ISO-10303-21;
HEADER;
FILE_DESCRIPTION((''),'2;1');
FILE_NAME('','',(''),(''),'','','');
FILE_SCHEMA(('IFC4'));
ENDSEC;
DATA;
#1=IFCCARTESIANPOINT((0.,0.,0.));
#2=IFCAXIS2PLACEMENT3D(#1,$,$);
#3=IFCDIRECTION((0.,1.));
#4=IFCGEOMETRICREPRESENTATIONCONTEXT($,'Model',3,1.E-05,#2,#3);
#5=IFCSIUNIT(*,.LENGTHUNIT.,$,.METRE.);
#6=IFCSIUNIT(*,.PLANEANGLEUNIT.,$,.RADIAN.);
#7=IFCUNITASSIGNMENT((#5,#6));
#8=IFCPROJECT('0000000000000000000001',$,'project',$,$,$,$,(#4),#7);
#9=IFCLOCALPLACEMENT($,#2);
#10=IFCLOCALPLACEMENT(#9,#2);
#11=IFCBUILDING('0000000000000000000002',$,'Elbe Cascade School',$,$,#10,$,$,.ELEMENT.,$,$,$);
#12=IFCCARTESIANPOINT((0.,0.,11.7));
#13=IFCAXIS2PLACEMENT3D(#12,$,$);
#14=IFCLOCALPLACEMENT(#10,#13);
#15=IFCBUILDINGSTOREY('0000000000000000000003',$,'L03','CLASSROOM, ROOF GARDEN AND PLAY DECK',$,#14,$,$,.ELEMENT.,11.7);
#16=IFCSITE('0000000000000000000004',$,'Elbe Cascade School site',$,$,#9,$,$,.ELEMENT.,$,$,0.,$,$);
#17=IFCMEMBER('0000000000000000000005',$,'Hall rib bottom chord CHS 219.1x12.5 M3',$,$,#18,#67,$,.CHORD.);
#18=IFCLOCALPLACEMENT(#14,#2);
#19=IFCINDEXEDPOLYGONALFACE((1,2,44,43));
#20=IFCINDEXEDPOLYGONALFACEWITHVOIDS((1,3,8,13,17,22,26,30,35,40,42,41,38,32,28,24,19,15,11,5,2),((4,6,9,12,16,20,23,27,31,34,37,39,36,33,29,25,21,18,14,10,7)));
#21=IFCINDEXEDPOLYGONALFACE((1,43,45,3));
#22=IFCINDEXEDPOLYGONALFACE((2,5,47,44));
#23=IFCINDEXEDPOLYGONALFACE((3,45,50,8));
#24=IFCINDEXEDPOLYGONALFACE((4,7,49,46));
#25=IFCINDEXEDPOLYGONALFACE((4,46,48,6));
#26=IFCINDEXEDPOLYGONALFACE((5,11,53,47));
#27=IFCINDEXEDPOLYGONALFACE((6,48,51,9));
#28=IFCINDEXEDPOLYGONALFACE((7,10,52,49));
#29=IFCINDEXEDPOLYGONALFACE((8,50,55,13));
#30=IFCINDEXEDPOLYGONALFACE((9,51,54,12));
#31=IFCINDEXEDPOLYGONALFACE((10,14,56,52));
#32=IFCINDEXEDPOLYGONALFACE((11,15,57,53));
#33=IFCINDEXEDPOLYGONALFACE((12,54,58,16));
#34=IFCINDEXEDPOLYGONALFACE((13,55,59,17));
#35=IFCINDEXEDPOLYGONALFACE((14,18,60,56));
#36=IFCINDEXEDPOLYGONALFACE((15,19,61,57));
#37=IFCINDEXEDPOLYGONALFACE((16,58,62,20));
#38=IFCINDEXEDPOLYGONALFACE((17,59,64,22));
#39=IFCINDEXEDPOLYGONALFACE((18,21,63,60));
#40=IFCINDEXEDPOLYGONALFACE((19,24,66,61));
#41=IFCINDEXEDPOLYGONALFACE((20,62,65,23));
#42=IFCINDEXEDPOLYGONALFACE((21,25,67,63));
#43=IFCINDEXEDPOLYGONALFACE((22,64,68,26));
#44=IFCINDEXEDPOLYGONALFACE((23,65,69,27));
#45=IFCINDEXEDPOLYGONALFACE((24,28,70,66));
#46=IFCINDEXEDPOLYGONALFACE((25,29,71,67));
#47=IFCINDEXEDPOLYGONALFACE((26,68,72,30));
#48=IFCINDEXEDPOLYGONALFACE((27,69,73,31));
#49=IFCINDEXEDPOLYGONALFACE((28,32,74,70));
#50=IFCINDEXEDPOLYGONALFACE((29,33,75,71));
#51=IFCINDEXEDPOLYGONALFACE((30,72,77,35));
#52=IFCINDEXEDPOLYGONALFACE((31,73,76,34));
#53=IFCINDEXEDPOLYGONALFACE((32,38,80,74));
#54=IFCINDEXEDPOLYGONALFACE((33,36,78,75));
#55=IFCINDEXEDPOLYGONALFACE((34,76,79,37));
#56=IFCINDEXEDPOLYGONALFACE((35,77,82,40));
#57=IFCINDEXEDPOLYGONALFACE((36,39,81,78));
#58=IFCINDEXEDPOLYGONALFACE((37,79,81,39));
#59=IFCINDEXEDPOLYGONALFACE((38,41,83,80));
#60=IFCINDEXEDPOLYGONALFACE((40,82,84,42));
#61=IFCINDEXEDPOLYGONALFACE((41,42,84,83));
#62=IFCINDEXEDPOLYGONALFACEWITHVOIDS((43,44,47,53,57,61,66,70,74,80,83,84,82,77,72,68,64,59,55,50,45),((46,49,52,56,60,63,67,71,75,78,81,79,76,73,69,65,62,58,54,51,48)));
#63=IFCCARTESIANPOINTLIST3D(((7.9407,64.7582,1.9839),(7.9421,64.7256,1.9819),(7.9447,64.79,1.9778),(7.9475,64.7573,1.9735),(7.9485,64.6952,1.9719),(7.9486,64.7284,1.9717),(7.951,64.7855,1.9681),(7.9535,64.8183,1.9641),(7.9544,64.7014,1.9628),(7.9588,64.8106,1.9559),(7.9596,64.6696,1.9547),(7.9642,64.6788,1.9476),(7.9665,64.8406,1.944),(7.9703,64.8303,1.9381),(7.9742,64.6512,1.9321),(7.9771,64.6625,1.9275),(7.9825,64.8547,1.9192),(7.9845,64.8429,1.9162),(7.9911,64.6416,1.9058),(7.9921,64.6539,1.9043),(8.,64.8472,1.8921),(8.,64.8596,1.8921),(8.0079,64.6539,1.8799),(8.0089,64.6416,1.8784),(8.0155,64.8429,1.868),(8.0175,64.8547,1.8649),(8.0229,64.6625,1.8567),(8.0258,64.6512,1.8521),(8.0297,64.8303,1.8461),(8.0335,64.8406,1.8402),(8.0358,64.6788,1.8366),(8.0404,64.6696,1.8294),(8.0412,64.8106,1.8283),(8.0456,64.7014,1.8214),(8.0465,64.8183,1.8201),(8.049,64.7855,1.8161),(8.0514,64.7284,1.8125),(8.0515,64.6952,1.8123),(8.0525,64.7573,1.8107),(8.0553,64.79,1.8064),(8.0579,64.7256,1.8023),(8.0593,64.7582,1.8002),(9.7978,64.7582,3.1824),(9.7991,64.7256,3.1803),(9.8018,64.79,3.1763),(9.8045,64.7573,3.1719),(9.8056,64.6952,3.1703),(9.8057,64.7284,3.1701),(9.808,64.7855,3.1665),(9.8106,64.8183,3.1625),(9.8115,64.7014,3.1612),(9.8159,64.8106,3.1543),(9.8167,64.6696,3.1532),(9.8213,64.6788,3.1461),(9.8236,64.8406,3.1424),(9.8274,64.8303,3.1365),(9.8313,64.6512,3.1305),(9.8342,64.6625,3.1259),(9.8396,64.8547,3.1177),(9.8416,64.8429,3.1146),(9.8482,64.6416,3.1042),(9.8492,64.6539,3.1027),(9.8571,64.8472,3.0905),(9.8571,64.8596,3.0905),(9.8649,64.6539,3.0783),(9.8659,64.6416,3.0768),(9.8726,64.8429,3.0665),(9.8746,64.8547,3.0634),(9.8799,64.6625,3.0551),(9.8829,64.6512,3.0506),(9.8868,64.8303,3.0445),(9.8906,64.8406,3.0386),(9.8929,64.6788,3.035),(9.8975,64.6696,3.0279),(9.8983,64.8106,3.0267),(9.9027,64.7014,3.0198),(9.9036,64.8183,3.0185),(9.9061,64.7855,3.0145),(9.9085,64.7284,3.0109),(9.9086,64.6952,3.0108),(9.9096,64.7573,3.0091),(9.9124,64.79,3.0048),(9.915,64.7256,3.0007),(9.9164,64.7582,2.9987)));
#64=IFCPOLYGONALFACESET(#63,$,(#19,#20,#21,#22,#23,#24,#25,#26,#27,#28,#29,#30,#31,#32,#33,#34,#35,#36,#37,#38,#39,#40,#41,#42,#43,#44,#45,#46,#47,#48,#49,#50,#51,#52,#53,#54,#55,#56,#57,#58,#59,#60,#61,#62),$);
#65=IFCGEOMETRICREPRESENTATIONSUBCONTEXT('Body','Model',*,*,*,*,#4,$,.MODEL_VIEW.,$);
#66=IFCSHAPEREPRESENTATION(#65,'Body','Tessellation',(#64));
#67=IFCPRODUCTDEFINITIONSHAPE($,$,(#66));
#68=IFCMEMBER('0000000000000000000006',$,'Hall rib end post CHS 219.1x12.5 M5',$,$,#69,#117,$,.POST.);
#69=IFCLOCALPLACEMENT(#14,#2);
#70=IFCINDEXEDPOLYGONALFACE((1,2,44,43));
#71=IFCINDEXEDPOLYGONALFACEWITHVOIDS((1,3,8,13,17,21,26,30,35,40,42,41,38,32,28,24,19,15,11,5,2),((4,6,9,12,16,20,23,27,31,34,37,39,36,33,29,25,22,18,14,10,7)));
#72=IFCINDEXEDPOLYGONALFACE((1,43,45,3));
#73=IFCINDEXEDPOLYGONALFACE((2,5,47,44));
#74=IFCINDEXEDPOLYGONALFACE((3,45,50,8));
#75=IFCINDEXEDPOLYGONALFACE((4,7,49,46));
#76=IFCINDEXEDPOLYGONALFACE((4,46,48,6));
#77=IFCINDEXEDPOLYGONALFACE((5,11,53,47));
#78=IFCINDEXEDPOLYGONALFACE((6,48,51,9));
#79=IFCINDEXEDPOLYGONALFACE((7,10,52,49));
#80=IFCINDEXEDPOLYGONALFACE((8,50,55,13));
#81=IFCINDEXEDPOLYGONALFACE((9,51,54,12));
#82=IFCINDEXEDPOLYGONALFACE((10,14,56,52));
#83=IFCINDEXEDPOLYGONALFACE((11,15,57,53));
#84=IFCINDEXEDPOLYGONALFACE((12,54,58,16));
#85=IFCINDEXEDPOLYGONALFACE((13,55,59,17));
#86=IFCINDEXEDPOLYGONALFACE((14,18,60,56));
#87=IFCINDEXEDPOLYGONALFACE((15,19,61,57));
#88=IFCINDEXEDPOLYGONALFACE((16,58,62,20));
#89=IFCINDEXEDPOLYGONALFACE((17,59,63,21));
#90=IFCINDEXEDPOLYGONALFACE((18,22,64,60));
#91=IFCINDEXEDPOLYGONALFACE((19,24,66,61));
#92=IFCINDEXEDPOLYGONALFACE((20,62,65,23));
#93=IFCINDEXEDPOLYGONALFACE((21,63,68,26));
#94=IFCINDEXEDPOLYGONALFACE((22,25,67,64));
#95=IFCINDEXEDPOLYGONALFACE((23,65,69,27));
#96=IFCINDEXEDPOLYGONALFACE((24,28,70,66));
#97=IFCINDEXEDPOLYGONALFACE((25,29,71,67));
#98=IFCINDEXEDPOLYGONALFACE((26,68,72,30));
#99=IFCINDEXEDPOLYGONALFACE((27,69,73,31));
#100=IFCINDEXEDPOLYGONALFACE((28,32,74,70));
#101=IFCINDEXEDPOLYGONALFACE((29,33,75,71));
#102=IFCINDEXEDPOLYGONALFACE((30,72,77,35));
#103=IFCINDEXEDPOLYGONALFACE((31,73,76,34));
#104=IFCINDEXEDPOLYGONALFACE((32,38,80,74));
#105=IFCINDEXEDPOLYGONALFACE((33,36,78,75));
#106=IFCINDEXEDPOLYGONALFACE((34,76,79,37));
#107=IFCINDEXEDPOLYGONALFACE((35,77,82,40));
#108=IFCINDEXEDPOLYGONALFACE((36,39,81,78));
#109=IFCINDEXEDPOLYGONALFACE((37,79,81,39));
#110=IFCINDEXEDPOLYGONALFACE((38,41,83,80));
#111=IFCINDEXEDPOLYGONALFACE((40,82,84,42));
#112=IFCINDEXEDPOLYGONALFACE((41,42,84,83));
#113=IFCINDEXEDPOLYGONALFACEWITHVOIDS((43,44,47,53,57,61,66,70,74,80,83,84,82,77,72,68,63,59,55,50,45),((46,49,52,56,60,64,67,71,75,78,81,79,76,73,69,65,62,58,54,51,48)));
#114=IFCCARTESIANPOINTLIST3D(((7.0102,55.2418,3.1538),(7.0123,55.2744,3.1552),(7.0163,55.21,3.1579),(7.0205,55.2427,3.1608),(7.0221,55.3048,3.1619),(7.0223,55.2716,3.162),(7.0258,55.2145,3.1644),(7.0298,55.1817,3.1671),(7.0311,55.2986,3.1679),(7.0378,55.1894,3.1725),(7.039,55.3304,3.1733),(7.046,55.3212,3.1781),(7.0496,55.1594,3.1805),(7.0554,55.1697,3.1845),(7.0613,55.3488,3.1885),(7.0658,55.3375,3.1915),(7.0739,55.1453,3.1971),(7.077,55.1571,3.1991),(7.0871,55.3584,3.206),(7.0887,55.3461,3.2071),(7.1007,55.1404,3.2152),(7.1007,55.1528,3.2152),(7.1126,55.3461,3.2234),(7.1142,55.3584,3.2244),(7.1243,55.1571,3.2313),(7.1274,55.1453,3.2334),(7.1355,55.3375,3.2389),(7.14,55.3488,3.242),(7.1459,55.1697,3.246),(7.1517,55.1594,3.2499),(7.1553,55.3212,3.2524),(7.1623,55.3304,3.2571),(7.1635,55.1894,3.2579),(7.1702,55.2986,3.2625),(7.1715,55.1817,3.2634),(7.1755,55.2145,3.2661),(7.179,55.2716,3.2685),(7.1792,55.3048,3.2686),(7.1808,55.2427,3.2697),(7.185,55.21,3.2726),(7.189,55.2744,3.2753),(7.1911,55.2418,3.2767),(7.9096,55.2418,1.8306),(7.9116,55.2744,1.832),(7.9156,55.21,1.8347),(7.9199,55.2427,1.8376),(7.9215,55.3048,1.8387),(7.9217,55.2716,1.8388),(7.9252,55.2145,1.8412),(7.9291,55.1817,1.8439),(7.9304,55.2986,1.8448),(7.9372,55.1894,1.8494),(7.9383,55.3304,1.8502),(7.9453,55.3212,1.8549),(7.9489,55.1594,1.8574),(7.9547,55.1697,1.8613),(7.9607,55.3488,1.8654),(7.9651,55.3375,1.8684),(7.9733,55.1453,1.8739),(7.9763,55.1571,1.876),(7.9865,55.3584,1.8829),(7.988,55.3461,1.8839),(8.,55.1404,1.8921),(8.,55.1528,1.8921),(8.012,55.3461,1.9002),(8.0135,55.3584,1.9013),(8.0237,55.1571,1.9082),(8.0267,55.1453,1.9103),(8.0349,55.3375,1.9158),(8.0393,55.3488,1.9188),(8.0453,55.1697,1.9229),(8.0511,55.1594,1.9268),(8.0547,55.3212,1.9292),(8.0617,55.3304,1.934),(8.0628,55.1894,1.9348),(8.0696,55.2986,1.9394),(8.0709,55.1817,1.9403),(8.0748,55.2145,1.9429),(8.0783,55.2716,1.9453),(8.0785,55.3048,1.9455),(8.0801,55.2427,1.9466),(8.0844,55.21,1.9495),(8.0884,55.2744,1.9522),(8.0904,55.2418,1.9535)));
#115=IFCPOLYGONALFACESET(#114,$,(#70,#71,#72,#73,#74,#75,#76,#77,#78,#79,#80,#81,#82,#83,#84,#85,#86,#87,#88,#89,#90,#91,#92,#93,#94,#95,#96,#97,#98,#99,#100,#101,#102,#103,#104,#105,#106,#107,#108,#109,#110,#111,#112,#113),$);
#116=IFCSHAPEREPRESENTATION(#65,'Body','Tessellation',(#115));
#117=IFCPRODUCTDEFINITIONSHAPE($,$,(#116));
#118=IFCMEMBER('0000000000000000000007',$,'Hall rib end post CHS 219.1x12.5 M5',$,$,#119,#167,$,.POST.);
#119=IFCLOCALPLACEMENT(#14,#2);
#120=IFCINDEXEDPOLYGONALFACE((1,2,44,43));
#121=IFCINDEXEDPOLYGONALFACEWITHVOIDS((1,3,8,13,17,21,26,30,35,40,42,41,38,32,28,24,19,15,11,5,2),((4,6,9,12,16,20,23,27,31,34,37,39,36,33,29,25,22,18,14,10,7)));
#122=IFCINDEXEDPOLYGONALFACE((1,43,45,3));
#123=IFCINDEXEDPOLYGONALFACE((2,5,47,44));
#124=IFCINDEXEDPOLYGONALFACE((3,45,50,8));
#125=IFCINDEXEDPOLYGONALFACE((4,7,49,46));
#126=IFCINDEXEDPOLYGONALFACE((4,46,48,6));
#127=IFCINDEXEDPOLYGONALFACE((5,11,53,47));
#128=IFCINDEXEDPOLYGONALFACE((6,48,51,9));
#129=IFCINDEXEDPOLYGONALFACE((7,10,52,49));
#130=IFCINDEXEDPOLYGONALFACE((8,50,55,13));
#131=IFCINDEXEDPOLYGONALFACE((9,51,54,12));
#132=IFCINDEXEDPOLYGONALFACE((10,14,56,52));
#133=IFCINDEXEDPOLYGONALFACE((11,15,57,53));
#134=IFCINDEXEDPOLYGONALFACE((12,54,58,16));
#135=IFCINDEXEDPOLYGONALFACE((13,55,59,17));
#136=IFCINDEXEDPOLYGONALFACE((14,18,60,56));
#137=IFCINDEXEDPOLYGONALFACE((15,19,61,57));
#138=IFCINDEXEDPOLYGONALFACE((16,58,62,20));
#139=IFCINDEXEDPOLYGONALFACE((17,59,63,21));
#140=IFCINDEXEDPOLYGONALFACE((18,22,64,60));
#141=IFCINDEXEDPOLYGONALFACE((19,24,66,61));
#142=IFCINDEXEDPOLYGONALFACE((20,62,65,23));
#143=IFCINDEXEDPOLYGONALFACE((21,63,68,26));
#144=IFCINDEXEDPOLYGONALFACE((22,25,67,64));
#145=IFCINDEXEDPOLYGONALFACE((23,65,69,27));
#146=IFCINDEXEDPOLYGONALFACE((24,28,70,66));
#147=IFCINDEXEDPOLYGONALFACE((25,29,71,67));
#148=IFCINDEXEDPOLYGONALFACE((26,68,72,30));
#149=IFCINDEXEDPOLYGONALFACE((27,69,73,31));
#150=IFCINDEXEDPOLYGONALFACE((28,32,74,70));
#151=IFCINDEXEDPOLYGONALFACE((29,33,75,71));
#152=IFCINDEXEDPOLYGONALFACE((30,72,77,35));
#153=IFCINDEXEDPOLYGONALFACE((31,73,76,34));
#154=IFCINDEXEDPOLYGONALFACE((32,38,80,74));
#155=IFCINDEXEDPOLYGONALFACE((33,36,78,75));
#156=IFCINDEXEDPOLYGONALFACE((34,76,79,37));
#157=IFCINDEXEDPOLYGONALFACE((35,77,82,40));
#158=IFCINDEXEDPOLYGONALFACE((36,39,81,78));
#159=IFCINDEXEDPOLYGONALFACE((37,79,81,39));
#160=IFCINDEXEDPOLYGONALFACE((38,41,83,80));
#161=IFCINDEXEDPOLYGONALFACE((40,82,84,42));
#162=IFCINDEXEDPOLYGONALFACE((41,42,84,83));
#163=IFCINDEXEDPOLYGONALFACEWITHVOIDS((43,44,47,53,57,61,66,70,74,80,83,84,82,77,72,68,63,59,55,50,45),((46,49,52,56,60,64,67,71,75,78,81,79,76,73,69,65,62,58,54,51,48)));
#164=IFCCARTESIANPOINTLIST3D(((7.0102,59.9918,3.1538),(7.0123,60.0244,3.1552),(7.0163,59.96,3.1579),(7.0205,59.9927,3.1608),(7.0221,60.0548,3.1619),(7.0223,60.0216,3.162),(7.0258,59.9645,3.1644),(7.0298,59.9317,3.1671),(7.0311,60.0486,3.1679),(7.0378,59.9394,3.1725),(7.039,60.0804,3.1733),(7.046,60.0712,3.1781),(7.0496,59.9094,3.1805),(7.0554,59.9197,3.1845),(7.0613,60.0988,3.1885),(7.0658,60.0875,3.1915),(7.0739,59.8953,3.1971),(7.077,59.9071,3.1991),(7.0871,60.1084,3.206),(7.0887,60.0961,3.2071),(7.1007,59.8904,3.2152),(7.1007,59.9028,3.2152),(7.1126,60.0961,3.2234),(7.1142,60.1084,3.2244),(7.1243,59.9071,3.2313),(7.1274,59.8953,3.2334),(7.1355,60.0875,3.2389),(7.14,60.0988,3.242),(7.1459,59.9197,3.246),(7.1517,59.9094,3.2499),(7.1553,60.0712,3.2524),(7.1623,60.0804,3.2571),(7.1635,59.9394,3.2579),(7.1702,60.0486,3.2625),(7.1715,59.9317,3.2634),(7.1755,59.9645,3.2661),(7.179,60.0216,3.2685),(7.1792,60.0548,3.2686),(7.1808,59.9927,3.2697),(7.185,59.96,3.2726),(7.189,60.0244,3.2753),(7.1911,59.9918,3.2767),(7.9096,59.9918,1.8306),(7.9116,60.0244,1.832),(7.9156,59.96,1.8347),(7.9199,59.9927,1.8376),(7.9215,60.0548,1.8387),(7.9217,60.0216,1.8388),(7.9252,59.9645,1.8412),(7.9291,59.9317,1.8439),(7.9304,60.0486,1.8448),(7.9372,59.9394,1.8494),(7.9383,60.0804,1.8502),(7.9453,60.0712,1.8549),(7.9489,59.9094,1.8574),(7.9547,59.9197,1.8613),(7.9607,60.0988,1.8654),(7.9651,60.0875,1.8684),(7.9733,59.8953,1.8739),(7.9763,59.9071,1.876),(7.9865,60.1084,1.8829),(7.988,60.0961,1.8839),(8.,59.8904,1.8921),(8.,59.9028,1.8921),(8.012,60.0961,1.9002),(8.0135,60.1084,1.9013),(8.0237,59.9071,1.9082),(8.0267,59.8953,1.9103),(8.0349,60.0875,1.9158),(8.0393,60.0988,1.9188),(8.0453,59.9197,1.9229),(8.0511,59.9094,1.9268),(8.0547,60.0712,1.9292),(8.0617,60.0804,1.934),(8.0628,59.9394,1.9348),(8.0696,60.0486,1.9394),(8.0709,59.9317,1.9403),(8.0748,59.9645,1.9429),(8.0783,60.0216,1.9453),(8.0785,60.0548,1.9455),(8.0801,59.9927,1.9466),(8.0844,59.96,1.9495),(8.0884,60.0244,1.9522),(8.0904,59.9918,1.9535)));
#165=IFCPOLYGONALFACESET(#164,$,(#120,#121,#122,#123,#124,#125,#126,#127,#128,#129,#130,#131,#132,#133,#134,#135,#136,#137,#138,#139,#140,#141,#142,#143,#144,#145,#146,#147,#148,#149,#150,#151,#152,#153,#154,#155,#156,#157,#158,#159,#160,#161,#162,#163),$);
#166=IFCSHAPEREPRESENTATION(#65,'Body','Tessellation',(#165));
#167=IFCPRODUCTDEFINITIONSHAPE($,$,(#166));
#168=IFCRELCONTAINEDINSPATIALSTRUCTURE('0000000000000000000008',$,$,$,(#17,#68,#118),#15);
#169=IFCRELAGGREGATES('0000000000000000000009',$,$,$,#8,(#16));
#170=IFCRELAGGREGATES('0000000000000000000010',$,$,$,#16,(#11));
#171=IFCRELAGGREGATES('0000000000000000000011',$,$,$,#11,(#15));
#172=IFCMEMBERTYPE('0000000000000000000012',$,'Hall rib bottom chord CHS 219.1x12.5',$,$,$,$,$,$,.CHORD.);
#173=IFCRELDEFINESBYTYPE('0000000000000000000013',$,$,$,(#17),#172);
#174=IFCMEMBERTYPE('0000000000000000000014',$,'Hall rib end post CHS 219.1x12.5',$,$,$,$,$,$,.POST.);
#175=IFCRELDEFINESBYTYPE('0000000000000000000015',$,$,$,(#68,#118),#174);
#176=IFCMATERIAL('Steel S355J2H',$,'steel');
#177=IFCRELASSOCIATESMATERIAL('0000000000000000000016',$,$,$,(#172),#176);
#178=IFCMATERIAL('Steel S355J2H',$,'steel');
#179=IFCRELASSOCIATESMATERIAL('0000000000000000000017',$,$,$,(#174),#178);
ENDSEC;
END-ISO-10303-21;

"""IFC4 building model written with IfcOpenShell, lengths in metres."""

from ifc_helpers import new_model, si_unit, direction, frame, origin, origin_2d, place, context, subcontext, project, spatial, hollow_circle, extrude, material, material_profile, profile_set, type_object, element, save


model = new_model("IFC4")

# Units and contexts
model_context = context("Model", 3, precision=1e-05, world=origin(), true_north=direction((0.0, 1.0)))
body_context = subcontext(model_context, "Body", "Model", "MODEL_VIEW")
ifc_project = project(units=[si_unit("LENGTHUNIT", "METRE"), si_unit("PLANEANGLEUNIT", "RADIAN")], contexts=[model_context])

# Site, building, storey
site_placement = place(None, origin())
site = spatial("IfcSite", under=ifc_project, at=site_placement, Name="Elbe Cascade School site", CompositionType="ELEMENT", RefElevation=0.0)
building_placement = place(site_placement, origin())
building = spatial("IfcBuilding", under=site, at=building_placement, Name="Elbe Cascade School", CompositionType="ELEMENT")
storey_placement = place(building_placement, frame((0.0, 0.0, 11.7)))
storey = spatial("IfcBuildingStorey", under=building, at=storey_placement, Name="L03", Description="CLASSROOM, ROOF GARDEN AND PLAY DECK", CompositionType="ELEMENT", Elevation=11.7)

# Members
ifc_material_1 = material(Name="Steel S355J2H", Category="steel")
ifc_material_profile_1 = material_profile(ifc_material_1, hollow_circle(Radius=0.1096, WallThickness=0.0125, at=origin_2d()), Name="CHS 219.1x12.5")
ifc_profile_set_1 = profile_set([ifc_material_profile_1], Name="Steel S355J2H")
member_type_1 = type_object("IfcMemberType", Name="Hall rib bottom chord CHS 219.1x12.5", PredefinedType="CHORD", material=ifc_profile_set_1)
for number, where, z_axis, x_axis, name in (
    (1, (8.0, 64.75, 1.8921), (0.840233, 0.0, 0.542225), (0.0, 1.0, 0.0), "Hall rib bottom chord CHS 219.1x12.5 M3"),
):
    element("IfcMember", number, at=place(storey_placement, frame(where, z_axis=z_axis, x_axis=x_axis)), inside=storey, type_object=member_type_1, Name=name, PredefinedType="CHORD", context=body_context, shape_type="SweptSolid", body=[
        extrude(hollow_circle(Radius=0.1096, WallThickness=0.0125, at=origin_2d()), origin(), (0.0, 0.0, 1.0), 2.2102),
    ])
ifc_material_2 = material(Name="Steel S355J2H", Category="steel")
ifc_material_profile_2 = material_profile(ifc_material_2, hollow_circle(Radius=0.1096, WallThickness=0.0125, at=origin_2d()), Name="CHS 219.1x12.5")
ifc_profile_set_2 = profile_set([ifc_material_profile_2], Name="Steel S355J2H")
member_type_2 = type_object("IfcMemberType", Name="Hall rib end post CHS 219.1x12.5", PredefinedType="POST", material=ifc_profile_set_2)
for number, where, z_axis, x_axis, name in (
    (2, (8.0, 55.25, 1.8921), (-0.562143, 0.0, 0.82704), (0.0, -1.0, 0.0), "Hall rib end post CHS 219.1x12.5 M5"),
    (3, (8.0, 60.0, 1.8921), (-0.562143, 0.0, 0.82704), (0.0, -1.0, 0.0), "Hall rib end post CHS 219.1x12.5 M5"),
):
    element("IfcMember", number, at=place(storey_placement, frame(where, z_axis=z_axis, x_axis=x_axis)), inside=storey, type_object=member_type_2, Name=name, PredefinedType="POST", context=body_context, shape_type="SweptSolid", body=[
        extrude(hollow_circle(Radius=0.1096, WallThickness=0.0125, at=origin_2d()), origin(), (0.0, 0.0, 1.0), 1.5999),
    ])

save(model, "model.ifc")
